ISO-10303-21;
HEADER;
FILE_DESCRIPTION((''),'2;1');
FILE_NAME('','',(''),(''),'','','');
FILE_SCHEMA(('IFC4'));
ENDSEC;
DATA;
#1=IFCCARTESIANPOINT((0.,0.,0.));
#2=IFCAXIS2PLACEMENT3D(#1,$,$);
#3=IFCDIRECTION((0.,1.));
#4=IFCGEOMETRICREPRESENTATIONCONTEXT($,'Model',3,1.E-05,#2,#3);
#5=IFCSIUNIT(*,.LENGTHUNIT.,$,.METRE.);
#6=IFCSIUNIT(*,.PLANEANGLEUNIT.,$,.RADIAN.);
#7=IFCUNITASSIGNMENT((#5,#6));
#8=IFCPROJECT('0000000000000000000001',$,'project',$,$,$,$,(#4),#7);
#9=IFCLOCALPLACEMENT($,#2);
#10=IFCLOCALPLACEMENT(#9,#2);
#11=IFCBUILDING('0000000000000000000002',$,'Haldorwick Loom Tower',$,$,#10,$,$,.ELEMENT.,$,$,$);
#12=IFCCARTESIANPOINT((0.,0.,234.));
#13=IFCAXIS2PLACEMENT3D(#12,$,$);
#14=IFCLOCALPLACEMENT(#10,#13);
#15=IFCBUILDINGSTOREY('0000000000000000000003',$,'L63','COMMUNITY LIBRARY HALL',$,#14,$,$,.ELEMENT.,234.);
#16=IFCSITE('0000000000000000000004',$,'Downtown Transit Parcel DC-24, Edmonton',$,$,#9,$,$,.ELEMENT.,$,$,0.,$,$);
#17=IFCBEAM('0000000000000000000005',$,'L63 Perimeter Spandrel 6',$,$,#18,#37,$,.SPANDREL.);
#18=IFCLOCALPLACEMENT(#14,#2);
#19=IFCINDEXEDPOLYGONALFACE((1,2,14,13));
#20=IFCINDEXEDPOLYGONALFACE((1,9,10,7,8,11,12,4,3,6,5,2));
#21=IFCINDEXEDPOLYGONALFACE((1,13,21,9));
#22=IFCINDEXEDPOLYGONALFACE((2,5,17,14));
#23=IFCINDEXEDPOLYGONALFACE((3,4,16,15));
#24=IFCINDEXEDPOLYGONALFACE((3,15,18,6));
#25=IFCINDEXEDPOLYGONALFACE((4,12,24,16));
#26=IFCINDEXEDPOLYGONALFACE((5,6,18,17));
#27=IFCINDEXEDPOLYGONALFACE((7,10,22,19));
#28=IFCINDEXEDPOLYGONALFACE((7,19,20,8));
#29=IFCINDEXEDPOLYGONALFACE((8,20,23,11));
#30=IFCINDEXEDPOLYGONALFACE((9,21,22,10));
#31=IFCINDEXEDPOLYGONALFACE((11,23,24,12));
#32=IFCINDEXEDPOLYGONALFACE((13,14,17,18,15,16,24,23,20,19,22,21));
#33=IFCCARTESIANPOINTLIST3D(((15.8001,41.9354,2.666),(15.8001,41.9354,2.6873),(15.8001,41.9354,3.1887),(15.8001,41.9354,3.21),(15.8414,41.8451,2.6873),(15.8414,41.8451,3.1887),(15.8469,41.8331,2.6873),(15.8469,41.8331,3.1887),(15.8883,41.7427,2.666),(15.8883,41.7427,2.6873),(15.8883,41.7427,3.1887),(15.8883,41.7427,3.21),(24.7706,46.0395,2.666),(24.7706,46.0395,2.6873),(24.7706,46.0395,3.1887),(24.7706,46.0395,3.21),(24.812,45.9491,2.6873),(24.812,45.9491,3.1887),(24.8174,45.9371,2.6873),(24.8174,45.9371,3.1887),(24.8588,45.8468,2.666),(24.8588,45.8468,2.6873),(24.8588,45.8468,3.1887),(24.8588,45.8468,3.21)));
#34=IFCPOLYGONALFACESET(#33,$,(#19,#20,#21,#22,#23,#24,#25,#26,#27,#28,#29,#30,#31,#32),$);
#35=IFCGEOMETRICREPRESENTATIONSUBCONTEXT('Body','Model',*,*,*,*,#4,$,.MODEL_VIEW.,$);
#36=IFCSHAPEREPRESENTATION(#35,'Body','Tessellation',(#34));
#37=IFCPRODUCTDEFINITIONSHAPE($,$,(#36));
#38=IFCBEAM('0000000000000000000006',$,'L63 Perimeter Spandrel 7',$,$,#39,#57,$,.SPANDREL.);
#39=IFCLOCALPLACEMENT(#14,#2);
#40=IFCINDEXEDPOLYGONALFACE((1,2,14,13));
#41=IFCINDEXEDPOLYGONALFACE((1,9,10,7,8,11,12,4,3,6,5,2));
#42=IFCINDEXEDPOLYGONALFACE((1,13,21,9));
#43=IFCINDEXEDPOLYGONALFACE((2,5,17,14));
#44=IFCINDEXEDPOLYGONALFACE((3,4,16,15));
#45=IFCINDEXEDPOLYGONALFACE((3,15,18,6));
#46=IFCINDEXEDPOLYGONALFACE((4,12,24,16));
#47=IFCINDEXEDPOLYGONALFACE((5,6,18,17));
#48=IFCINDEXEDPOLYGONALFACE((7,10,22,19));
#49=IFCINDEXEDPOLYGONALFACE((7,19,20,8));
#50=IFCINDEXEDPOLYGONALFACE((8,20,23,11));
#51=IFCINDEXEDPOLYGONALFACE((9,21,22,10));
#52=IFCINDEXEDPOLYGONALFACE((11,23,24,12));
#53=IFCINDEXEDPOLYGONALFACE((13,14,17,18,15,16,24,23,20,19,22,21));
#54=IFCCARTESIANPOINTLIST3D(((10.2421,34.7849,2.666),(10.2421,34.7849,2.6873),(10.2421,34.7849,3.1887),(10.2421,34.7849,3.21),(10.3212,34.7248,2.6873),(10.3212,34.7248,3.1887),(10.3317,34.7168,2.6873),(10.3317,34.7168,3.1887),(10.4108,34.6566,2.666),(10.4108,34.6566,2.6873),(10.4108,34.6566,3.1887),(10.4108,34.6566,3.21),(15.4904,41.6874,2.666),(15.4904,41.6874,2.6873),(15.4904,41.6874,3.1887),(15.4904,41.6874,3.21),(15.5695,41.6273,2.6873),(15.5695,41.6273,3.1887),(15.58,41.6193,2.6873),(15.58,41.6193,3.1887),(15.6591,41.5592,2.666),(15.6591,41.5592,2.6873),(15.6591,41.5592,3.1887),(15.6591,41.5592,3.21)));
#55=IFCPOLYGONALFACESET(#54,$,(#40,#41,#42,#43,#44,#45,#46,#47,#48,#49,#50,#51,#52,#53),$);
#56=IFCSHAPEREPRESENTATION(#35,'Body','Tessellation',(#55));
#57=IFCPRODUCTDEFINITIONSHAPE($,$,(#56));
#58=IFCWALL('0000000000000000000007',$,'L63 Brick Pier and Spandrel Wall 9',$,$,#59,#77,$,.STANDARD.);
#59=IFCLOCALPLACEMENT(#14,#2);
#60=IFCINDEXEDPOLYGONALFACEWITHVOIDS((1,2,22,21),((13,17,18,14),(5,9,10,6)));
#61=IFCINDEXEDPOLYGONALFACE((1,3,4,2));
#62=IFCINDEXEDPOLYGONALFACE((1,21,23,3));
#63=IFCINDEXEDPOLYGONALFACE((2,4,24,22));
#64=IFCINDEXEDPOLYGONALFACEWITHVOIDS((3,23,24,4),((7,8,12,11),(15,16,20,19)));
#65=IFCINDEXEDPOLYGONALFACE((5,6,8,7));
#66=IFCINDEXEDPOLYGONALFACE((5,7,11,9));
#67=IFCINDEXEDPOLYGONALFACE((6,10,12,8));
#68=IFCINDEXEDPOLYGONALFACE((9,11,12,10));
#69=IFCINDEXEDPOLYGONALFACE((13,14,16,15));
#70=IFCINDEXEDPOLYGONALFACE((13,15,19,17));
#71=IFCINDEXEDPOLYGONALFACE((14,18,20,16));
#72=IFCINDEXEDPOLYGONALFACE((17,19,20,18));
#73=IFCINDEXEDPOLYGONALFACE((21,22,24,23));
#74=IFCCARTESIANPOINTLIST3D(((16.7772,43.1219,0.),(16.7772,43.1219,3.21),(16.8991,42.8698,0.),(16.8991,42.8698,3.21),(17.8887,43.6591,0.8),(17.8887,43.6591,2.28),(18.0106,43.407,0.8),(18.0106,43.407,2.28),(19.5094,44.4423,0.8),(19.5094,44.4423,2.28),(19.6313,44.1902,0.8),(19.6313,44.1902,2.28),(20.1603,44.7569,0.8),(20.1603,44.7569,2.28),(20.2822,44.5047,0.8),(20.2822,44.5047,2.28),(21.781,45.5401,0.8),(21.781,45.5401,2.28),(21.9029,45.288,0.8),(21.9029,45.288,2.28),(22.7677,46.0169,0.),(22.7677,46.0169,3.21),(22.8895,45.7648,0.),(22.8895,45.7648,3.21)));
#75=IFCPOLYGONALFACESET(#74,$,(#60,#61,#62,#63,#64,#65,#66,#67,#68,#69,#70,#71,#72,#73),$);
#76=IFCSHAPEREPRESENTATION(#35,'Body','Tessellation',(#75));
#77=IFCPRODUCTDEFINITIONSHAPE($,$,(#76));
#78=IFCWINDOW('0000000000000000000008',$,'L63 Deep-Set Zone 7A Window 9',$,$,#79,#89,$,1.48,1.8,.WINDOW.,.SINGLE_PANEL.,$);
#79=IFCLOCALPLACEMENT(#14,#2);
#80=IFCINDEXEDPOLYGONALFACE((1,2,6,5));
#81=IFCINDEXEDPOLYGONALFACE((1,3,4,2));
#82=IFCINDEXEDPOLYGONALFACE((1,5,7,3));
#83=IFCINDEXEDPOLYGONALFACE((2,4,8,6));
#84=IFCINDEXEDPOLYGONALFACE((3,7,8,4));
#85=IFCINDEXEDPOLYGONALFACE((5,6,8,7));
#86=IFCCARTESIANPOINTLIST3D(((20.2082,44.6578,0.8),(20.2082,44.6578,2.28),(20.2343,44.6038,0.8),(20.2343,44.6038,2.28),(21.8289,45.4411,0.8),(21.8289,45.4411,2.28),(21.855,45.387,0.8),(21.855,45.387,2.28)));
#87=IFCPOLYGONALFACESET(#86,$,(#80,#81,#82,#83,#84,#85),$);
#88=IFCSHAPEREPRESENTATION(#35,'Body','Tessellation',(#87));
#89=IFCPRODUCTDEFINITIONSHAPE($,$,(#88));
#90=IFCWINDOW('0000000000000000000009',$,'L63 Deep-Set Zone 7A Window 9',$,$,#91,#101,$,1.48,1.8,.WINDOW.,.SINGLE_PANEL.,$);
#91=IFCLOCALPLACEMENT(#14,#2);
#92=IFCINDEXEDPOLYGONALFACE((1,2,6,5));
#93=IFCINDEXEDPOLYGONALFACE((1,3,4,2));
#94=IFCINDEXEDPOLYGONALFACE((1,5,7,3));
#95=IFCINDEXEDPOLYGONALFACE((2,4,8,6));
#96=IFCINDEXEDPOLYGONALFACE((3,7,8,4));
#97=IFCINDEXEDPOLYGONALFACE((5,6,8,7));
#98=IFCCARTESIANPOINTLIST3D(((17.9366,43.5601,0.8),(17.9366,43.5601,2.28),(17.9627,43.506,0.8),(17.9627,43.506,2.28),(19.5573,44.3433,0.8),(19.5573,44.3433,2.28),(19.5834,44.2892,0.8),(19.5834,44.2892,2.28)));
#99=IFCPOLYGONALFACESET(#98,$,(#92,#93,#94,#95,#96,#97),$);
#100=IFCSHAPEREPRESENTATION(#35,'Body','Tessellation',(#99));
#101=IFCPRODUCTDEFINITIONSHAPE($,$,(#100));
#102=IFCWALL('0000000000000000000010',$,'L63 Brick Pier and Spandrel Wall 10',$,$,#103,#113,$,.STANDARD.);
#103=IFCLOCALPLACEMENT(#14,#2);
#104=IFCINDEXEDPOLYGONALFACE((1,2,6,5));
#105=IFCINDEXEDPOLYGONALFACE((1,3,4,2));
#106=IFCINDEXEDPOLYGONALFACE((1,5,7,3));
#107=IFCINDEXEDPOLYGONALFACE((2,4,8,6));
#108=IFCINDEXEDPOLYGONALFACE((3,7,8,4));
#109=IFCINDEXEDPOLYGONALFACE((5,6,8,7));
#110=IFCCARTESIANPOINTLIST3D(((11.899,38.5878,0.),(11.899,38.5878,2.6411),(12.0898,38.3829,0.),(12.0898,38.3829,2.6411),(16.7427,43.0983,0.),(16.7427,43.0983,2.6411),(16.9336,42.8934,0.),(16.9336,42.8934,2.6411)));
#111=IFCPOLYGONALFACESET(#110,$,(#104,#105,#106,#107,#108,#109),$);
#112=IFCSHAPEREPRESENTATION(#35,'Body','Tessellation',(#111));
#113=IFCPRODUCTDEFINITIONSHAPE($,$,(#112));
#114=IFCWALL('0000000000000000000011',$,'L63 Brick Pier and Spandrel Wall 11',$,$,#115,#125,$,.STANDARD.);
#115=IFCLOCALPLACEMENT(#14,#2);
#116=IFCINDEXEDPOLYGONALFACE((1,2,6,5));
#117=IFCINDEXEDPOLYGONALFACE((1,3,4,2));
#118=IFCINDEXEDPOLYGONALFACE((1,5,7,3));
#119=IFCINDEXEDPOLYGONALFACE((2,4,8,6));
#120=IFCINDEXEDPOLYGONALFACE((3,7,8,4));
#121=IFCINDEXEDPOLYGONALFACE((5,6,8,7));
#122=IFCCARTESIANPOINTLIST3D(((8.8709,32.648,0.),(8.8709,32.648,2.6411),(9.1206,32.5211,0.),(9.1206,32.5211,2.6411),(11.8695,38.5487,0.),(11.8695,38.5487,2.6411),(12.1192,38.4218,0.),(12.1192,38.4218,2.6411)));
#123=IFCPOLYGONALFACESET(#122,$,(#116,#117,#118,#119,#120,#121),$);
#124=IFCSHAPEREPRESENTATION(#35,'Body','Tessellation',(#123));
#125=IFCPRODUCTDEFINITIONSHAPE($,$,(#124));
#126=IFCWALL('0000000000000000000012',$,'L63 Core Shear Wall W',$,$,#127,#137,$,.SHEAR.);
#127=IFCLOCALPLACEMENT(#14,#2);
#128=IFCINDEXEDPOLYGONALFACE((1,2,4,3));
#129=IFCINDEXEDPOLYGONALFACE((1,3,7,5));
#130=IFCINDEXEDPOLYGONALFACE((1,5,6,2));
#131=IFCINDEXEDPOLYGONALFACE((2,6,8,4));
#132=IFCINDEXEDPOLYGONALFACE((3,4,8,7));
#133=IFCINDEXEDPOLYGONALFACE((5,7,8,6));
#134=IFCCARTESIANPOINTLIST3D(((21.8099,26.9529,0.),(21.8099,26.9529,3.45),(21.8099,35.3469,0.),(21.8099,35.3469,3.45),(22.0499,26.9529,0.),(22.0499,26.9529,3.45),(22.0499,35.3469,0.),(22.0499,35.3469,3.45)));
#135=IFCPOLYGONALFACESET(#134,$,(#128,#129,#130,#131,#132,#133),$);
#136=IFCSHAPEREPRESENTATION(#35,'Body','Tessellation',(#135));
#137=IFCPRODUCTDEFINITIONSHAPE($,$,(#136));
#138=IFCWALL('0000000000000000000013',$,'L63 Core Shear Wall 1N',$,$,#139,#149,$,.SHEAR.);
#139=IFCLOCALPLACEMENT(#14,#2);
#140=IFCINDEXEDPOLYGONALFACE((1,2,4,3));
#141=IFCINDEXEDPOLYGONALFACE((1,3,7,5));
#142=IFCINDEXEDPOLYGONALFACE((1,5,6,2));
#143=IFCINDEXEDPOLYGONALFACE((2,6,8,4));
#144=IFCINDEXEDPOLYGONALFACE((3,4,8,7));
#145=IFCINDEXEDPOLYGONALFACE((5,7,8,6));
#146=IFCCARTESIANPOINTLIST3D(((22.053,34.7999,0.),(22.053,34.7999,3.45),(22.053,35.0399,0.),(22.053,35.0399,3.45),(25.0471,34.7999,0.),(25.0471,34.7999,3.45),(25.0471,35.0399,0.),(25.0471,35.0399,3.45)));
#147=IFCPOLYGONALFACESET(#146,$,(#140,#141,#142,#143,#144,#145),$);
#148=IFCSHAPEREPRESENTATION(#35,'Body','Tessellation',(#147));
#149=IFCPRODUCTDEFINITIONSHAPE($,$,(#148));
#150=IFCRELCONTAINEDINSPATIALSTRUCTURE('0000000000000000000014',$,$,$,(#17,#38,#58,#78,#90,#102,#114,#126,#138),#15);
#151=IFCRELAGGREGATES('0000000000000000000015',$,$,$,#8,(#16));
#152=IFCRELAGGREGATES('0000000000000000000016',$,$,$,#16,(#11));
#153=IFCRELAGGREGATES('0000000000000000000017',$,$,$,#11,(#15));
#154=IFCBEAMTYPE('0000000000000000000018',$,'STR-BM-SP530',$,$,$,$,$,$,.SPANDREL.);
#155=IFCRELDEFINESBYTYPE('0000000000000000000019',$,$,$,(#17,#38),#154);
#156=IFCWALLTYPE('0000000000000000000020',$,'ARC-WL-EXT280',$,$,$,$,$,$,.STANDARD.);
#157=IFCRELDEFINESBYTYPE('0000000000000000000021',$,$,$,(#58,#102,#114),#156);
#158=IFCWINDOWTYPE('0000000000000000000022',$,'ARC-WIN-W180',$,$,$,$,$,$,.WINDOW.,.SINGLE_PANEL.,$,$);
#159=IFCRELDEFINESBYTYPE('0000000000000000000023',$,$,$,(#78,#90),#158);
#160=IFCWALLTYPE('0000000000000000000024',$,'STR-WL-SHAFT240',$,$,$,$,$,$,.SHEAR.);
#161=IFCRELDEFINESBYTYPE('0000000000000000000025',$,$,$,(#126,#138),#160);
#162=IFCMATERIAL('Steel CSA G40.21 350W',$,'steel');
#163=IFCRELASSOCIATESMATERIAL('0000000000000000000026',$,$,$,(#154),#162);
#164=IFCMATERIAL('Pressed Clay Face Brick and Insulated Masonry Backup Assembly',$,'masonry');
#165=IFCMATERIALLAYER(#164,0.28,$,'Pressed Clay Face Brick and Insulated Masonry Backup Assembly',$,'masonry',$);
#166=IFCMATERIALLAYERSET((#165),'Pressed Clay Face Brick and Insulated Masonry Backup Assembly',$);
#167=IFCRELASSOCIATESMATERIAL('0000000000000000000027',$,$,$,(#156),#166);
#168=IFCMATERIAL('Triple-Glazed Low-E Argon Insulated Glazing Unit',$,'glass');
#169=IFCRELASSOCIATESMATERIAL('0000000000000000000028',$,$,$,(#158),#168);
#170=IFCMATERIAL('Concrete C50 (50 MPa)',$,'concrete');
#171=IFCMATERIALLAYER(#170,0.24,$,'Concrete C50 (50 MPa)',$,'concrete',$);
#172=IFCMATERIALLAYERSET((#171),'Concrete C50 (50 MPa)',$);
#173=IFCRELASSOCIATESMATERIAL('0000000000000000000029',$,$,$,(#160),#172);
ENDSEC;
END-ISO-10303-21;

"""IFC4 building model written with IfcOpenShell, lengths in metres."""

from ifc_helpers import new_model, si_unit, direction, frame, frame_2d, origin, origin_2d, place, context, subcontext, project, spatial, rectangle, i_section, extrude, material, layer, layer_set, material_profile, profile_set, type_object, element, fill, save


model = new_model("IFC4")

# Units and contexts
model_context = context("Model", 3, precision=1e-05, world=origin(), true_north=direction((0.0, 1.0)))
body_context = subcontext(model_context, "Body", "Model", "MODEL_VIEW")
ifc_project = project(units=[si_unit("LENGTHUNIT", "METRE"), si_unit("PLANEANGLEUNIT", "RADIAN")], contexts=[model_context])

# Site, building, storey
site_placement = place(None, origin())
site = spatial("IfcSite", under=ifc_project, at=site_placement, Name="Downtown Transit Parcel DC-24, Edmonton", CompositionType="ELEMENT", RefElevation=0.0)
building_placement = place(site_placement, origin())
building = spatial("IfcBuilding", under=site, at=building_placement, Name="Haldorwick Loom Tower", CompositionType="ELEMENT")
storey_placement = place(building_placement, frame((0.0, 0.0, 234.0)))
storey = spatial("IfcBuildingStorey", under=building, at=storey_placement, Name="L63", Description="COMMUNITY LIBRARY HALL", CompositionType="ELEMENT", Elevation=234.0)

# Shared definitions
ifc_material_1 = material(Name="Steel CSA G40.21 350W", Category="steel")

# Beams
ifc_material_2 = material(Name="Concrete C50 (50 MPa)", Category="concrete")
ifc_material_profile_1 = material_profile(ifc_material_1, i_section(OverallWidth=0.2119, OverallDepth=0.5439, WebThickness=0.0132, FlangeThickness=0.0212, at=origin_2d()), Name="W530X123", Category="steel")
ifc_profile_set_1 = profile_set([ifc_material_profile_1], Name="Steel CSA G40.21 350W")
beam_type_1 = type_object("IfcBeamType", Name="STR-BM-SP530", PredefinedType="SPANDREL", material=ifc_profile_set_1)
beam_1_placement = place(storey_placement, frame((24.8147, 45.9431, 2.938), z_axis=(-0.909351, -0.41603, 0.0), x_axis=(0.41603, -0.909351, 0.0)))
element("IfcBeam", 1, at=beam_1_placement, inside=storey, type_object=beam_type_1, Name="L63 Perimeter Spandrel 6", PredefinedType="SPANDREL", context=body_context, shape_type="SweptSolid", body=[
    extrude(i_section(OverallWidth=0.2119, OverallDepth=0.5439, WebThickness=0.0132, FlangeThickness=0.0212, at=origin_2d()), origin(), (0.0, 0.0, 1.0), 9.8647),
])
beam_2_placement = place(storey_placement, frame((15.5747, 41.6233, 2.938), z_axis=(-0.605253, -0.796033, 0.0), x_axis=(0.796033, -0.605253, 0.0)))
element("IfcBeam", 2, at=beam_2_placement, inside=storey, type_object=beam_type_1, Name="L63 Perimeter Spandrel 7", PredefinedType="SPANDREL", context=body_context, shape_type="SweptSolid", body=[
    extrude(i_section(OverallWidth=0.2119, OverallDepth=0.5439, WebThickness=0.0132, FlangeThickness=0.0212, at=origin_2d()), origin(), (0.0, 0.0, 1.0), 8.6711),
])

# Wall, openings, windows
ifc_material_3 = material(Name="Pressed Clay Face Brick and Insulated Masonry Backup Assembly", Category="masonry")
ifc_layer_1 = layer(ifc_material_3, 0.28, Name="Pressed Clay Face Brick and Insulated Masonry Backup Assembly", Category="masonry")
ifc_layer_set_1 = layer_set([ifc_layer_1], Name="Pressed Clay Face Brick and Insulated Masonry Backup Assembly")
wall_type_1 = type_object("IfcWallType", Name="ARC-WL-EXT280", PredefinedType="STANDARD", material=ifc_layer_set_1)
wall_1_placement = place(storey_placement, frame((22.8286, 45.8909, 0.0), z_axis=(0.0, 0.0, 1.0), x_axis=(-0.900371, -0.435123, 0.0)))
wall_1 = element("IfcWall", 3, at=wall_1_placement, inside=storey, type_object=wall_type_1, Name="L63 Brick Pier and Spandrel Wall 9", PredefinedType="STANDARD", context=body_context, shape_type="SweptSolid", body=[
    extrude(rectangle(XDim=6.6533, YDim=0.28, at=frame_2d((3.3267, 0.0))), origin(), (0.0, 0.0, 1.0), 3.21),
])
opening_1_placement = place(wall_1_placement, frame((1.0959, 0.0, 0.8)))
opening_1 = element("IfcOpeningElement", 4, at=opening_1_placement, cuts=wall_1, PredefinedType="OPENING", context=body_context, shape_type="SweptSolid", body=[
    extrude(rectangle(XDim=1.8, YDim=1.48, at=frame_2d((0.8999, 0.74))), frame((0.0, 0.1499, 0.0), z_axis=(0.0, -1.0, 0.0), x_axis=(1.0, 0.0, 0.0)), (0.0, 0.0, 1.0), 0.3),
])
opening_2_placement = place(wall_1_placement, frame((3.6189, 0.0, 0.8)))
opening_2 = element("IfcOpeningElement", 5, at=opening_2_placement, cuts=wall_1, PredefinedType="OPENING", context=body_context, shape_type="SweptSolid", body=[
    extrude(rectangle(XDim=1.8, YDim=1.48, at=frame_2d((0.8999, 0.74))), frame((0.0, 0.1499, 0.0), z_axis=(0.0, -1.0, 0.0), x_axis=(1.0, 0.0, 0.0)), (0.0, 0.0, 1.0), 0.3),
])
ifc_material_4 = material(Name="Triple-Glazed Low-E Argon Insulated Glazing Unit", Category="glass")
window_type = type_object("IfcWindowType", Name="ARC-WIN-W180", PartitioningType="SINGLE_PANEL", PredefinedType="WINDOW", material=ifc_material_4)
window_1_placement = place(opening_1_placement, origin())
window_1 = element("IfcWindow", 6, at=window_1_placement, inside=storey, type_object=window_type, Name="L63 Deep-Set Zone 7A Window 9", OverallHeight=1.48, OverallWidth=1.8, PartitioningType="SINGLE_PANEL", PredefinedType="WINDOW", context=body_context, shape_type="SweptSolid", body=[
    extrude(rectangle(XDim=1.8, YDim=1.48, at=frame_2d((0.8999, 0.74))), frame((0.0, 0.03, 0.0), z_axis=(0.0, -1.0, 0.0), x_axis=(1.0, 0.0, 0.0)), (0.0, 0.0, 1.0), 0.0601),
])
fill(opening_1, window_1)
window_2_placement = place(opening_2_placement, origin())
window_2 = element("IfcWindow", 7, at=window_2_placement, inside=storey, type_object=window_type, Name="L63 Deep-Set Zone 7A Window 9", OverallHeight=1.48, OverallWidth=1.8, PartitioningType="SINGLE_PANEL", PredefinedType="WINDOW", context=body_context, shape_type="SweptSolid", body=[
    extrude(rectangle(XDim=1.8, YDim=1.48, at=frame_2d((0.8999, 0.74))), frame((0.0, 0.03, 0.0), z_axis=(0.0, -1.0, 0.0), x_axis=(1.0, 0.0, 0.0)), (0.0, 0.0, 1.0), 0.0601),
])
fill(opening_2, window_2)

# Walls
wall_2_placement = place(storey_placement, frame((16.8381, 42.9958, 0.0), z_axis=(0.0, 0.0, 1.0), x_axis=(-0.731834, -0.681483, 0.0)))
element("IfcWall", 8, at=wall_2_placement, inside=storey, type_object=wall_type_1, Name="L63 Brick Pier and Spandrel Wall 10", PredefinedType="STANDARD", context=body_context, shape_type="SweptSolid", body=[
    extrude(rectangle(XDim=6.6187, YDim=0.28, at=frame_2d((3.3093, 0.0))), origin(), (0.0, 0.0, 1.0), 2.6411),
])
wall_3_placement = place(storey_placement, frame((11.9944, 38.4854, 0.0), z_axis=(0.0, 0.0, 1.0), x_axis=(-0.453032, -0.891494, 0.0)))
element("IfcWall", 9, at=wall_3_placement, inside=storey, type_object=wall_type_1, Name="L63 Brick Pier and Spandrel Wall 11", PredefinedType="STANDARD", context=body_context, shape_type="SweptSolid", body=[
    extrude(rectangle(XDim=6.6189, YDim=0.28, at=frame_2d((3.3096, 0.0))), origin(), (0.0, 0.0, 1.0), 2.6411),
])
ifc_layer_2 = layer(ifc_material_2, 0.24, Name="Concrete C50 (50 MPa)", Category="concrete")
ifc_layer_set_2 = layer_set([ifc_layer_2], Name="Concrete C50 (50 MPa)")
wall_type_2 = type_object("IfcWallType", Name="STR-WL-SHAFT240", PredefinedType="SHEAR", material=ifc_layer_set_2)
wall_4_placement = place(storey_placement, frame((21.9299, 35.3469, 0.0), z_axis=(0.0, 0.0, 1.0), x_axis=(0.0, -1.0, 0.0)))
element("IfcWall", 10, at=wall_4_placement, inside=storey, type_object=wall_type_2, Name="L63 Core Shear Wall W", PredefinedType="SHEAR", context=body_context, shape_type="SweptSolid", body=[
    extrude(rectangle(XDim=8.394, YDim=0.24, at=frame_2d((4.197, 0.0))), origin(), (0.0, 0.0, 1.0), 3.45),
])
wall_5_placement = place(storey_placement, frame((22.053, 34.9199, 0.0), z_axis=(0.0, 0.0, 1.0), x_axis=(1.0, 0.0, 0.0)))
element("IfcWall", 11, at=wall_5_placement, inside=storey, type_object=wall_type_2, Name="L63 Core Shear Wall 1N", PredefinedType="SHEAR", context=body_context, shape_type="SweptSolid", body=[
    extrude(rectangle(XDim=2.9941, YDim=0.24, at=frame_2d((1.4971, 0.0))), origin(), (0.0, 0.0, 1.0), 3.45),
])

save(model, "model.ifc")
